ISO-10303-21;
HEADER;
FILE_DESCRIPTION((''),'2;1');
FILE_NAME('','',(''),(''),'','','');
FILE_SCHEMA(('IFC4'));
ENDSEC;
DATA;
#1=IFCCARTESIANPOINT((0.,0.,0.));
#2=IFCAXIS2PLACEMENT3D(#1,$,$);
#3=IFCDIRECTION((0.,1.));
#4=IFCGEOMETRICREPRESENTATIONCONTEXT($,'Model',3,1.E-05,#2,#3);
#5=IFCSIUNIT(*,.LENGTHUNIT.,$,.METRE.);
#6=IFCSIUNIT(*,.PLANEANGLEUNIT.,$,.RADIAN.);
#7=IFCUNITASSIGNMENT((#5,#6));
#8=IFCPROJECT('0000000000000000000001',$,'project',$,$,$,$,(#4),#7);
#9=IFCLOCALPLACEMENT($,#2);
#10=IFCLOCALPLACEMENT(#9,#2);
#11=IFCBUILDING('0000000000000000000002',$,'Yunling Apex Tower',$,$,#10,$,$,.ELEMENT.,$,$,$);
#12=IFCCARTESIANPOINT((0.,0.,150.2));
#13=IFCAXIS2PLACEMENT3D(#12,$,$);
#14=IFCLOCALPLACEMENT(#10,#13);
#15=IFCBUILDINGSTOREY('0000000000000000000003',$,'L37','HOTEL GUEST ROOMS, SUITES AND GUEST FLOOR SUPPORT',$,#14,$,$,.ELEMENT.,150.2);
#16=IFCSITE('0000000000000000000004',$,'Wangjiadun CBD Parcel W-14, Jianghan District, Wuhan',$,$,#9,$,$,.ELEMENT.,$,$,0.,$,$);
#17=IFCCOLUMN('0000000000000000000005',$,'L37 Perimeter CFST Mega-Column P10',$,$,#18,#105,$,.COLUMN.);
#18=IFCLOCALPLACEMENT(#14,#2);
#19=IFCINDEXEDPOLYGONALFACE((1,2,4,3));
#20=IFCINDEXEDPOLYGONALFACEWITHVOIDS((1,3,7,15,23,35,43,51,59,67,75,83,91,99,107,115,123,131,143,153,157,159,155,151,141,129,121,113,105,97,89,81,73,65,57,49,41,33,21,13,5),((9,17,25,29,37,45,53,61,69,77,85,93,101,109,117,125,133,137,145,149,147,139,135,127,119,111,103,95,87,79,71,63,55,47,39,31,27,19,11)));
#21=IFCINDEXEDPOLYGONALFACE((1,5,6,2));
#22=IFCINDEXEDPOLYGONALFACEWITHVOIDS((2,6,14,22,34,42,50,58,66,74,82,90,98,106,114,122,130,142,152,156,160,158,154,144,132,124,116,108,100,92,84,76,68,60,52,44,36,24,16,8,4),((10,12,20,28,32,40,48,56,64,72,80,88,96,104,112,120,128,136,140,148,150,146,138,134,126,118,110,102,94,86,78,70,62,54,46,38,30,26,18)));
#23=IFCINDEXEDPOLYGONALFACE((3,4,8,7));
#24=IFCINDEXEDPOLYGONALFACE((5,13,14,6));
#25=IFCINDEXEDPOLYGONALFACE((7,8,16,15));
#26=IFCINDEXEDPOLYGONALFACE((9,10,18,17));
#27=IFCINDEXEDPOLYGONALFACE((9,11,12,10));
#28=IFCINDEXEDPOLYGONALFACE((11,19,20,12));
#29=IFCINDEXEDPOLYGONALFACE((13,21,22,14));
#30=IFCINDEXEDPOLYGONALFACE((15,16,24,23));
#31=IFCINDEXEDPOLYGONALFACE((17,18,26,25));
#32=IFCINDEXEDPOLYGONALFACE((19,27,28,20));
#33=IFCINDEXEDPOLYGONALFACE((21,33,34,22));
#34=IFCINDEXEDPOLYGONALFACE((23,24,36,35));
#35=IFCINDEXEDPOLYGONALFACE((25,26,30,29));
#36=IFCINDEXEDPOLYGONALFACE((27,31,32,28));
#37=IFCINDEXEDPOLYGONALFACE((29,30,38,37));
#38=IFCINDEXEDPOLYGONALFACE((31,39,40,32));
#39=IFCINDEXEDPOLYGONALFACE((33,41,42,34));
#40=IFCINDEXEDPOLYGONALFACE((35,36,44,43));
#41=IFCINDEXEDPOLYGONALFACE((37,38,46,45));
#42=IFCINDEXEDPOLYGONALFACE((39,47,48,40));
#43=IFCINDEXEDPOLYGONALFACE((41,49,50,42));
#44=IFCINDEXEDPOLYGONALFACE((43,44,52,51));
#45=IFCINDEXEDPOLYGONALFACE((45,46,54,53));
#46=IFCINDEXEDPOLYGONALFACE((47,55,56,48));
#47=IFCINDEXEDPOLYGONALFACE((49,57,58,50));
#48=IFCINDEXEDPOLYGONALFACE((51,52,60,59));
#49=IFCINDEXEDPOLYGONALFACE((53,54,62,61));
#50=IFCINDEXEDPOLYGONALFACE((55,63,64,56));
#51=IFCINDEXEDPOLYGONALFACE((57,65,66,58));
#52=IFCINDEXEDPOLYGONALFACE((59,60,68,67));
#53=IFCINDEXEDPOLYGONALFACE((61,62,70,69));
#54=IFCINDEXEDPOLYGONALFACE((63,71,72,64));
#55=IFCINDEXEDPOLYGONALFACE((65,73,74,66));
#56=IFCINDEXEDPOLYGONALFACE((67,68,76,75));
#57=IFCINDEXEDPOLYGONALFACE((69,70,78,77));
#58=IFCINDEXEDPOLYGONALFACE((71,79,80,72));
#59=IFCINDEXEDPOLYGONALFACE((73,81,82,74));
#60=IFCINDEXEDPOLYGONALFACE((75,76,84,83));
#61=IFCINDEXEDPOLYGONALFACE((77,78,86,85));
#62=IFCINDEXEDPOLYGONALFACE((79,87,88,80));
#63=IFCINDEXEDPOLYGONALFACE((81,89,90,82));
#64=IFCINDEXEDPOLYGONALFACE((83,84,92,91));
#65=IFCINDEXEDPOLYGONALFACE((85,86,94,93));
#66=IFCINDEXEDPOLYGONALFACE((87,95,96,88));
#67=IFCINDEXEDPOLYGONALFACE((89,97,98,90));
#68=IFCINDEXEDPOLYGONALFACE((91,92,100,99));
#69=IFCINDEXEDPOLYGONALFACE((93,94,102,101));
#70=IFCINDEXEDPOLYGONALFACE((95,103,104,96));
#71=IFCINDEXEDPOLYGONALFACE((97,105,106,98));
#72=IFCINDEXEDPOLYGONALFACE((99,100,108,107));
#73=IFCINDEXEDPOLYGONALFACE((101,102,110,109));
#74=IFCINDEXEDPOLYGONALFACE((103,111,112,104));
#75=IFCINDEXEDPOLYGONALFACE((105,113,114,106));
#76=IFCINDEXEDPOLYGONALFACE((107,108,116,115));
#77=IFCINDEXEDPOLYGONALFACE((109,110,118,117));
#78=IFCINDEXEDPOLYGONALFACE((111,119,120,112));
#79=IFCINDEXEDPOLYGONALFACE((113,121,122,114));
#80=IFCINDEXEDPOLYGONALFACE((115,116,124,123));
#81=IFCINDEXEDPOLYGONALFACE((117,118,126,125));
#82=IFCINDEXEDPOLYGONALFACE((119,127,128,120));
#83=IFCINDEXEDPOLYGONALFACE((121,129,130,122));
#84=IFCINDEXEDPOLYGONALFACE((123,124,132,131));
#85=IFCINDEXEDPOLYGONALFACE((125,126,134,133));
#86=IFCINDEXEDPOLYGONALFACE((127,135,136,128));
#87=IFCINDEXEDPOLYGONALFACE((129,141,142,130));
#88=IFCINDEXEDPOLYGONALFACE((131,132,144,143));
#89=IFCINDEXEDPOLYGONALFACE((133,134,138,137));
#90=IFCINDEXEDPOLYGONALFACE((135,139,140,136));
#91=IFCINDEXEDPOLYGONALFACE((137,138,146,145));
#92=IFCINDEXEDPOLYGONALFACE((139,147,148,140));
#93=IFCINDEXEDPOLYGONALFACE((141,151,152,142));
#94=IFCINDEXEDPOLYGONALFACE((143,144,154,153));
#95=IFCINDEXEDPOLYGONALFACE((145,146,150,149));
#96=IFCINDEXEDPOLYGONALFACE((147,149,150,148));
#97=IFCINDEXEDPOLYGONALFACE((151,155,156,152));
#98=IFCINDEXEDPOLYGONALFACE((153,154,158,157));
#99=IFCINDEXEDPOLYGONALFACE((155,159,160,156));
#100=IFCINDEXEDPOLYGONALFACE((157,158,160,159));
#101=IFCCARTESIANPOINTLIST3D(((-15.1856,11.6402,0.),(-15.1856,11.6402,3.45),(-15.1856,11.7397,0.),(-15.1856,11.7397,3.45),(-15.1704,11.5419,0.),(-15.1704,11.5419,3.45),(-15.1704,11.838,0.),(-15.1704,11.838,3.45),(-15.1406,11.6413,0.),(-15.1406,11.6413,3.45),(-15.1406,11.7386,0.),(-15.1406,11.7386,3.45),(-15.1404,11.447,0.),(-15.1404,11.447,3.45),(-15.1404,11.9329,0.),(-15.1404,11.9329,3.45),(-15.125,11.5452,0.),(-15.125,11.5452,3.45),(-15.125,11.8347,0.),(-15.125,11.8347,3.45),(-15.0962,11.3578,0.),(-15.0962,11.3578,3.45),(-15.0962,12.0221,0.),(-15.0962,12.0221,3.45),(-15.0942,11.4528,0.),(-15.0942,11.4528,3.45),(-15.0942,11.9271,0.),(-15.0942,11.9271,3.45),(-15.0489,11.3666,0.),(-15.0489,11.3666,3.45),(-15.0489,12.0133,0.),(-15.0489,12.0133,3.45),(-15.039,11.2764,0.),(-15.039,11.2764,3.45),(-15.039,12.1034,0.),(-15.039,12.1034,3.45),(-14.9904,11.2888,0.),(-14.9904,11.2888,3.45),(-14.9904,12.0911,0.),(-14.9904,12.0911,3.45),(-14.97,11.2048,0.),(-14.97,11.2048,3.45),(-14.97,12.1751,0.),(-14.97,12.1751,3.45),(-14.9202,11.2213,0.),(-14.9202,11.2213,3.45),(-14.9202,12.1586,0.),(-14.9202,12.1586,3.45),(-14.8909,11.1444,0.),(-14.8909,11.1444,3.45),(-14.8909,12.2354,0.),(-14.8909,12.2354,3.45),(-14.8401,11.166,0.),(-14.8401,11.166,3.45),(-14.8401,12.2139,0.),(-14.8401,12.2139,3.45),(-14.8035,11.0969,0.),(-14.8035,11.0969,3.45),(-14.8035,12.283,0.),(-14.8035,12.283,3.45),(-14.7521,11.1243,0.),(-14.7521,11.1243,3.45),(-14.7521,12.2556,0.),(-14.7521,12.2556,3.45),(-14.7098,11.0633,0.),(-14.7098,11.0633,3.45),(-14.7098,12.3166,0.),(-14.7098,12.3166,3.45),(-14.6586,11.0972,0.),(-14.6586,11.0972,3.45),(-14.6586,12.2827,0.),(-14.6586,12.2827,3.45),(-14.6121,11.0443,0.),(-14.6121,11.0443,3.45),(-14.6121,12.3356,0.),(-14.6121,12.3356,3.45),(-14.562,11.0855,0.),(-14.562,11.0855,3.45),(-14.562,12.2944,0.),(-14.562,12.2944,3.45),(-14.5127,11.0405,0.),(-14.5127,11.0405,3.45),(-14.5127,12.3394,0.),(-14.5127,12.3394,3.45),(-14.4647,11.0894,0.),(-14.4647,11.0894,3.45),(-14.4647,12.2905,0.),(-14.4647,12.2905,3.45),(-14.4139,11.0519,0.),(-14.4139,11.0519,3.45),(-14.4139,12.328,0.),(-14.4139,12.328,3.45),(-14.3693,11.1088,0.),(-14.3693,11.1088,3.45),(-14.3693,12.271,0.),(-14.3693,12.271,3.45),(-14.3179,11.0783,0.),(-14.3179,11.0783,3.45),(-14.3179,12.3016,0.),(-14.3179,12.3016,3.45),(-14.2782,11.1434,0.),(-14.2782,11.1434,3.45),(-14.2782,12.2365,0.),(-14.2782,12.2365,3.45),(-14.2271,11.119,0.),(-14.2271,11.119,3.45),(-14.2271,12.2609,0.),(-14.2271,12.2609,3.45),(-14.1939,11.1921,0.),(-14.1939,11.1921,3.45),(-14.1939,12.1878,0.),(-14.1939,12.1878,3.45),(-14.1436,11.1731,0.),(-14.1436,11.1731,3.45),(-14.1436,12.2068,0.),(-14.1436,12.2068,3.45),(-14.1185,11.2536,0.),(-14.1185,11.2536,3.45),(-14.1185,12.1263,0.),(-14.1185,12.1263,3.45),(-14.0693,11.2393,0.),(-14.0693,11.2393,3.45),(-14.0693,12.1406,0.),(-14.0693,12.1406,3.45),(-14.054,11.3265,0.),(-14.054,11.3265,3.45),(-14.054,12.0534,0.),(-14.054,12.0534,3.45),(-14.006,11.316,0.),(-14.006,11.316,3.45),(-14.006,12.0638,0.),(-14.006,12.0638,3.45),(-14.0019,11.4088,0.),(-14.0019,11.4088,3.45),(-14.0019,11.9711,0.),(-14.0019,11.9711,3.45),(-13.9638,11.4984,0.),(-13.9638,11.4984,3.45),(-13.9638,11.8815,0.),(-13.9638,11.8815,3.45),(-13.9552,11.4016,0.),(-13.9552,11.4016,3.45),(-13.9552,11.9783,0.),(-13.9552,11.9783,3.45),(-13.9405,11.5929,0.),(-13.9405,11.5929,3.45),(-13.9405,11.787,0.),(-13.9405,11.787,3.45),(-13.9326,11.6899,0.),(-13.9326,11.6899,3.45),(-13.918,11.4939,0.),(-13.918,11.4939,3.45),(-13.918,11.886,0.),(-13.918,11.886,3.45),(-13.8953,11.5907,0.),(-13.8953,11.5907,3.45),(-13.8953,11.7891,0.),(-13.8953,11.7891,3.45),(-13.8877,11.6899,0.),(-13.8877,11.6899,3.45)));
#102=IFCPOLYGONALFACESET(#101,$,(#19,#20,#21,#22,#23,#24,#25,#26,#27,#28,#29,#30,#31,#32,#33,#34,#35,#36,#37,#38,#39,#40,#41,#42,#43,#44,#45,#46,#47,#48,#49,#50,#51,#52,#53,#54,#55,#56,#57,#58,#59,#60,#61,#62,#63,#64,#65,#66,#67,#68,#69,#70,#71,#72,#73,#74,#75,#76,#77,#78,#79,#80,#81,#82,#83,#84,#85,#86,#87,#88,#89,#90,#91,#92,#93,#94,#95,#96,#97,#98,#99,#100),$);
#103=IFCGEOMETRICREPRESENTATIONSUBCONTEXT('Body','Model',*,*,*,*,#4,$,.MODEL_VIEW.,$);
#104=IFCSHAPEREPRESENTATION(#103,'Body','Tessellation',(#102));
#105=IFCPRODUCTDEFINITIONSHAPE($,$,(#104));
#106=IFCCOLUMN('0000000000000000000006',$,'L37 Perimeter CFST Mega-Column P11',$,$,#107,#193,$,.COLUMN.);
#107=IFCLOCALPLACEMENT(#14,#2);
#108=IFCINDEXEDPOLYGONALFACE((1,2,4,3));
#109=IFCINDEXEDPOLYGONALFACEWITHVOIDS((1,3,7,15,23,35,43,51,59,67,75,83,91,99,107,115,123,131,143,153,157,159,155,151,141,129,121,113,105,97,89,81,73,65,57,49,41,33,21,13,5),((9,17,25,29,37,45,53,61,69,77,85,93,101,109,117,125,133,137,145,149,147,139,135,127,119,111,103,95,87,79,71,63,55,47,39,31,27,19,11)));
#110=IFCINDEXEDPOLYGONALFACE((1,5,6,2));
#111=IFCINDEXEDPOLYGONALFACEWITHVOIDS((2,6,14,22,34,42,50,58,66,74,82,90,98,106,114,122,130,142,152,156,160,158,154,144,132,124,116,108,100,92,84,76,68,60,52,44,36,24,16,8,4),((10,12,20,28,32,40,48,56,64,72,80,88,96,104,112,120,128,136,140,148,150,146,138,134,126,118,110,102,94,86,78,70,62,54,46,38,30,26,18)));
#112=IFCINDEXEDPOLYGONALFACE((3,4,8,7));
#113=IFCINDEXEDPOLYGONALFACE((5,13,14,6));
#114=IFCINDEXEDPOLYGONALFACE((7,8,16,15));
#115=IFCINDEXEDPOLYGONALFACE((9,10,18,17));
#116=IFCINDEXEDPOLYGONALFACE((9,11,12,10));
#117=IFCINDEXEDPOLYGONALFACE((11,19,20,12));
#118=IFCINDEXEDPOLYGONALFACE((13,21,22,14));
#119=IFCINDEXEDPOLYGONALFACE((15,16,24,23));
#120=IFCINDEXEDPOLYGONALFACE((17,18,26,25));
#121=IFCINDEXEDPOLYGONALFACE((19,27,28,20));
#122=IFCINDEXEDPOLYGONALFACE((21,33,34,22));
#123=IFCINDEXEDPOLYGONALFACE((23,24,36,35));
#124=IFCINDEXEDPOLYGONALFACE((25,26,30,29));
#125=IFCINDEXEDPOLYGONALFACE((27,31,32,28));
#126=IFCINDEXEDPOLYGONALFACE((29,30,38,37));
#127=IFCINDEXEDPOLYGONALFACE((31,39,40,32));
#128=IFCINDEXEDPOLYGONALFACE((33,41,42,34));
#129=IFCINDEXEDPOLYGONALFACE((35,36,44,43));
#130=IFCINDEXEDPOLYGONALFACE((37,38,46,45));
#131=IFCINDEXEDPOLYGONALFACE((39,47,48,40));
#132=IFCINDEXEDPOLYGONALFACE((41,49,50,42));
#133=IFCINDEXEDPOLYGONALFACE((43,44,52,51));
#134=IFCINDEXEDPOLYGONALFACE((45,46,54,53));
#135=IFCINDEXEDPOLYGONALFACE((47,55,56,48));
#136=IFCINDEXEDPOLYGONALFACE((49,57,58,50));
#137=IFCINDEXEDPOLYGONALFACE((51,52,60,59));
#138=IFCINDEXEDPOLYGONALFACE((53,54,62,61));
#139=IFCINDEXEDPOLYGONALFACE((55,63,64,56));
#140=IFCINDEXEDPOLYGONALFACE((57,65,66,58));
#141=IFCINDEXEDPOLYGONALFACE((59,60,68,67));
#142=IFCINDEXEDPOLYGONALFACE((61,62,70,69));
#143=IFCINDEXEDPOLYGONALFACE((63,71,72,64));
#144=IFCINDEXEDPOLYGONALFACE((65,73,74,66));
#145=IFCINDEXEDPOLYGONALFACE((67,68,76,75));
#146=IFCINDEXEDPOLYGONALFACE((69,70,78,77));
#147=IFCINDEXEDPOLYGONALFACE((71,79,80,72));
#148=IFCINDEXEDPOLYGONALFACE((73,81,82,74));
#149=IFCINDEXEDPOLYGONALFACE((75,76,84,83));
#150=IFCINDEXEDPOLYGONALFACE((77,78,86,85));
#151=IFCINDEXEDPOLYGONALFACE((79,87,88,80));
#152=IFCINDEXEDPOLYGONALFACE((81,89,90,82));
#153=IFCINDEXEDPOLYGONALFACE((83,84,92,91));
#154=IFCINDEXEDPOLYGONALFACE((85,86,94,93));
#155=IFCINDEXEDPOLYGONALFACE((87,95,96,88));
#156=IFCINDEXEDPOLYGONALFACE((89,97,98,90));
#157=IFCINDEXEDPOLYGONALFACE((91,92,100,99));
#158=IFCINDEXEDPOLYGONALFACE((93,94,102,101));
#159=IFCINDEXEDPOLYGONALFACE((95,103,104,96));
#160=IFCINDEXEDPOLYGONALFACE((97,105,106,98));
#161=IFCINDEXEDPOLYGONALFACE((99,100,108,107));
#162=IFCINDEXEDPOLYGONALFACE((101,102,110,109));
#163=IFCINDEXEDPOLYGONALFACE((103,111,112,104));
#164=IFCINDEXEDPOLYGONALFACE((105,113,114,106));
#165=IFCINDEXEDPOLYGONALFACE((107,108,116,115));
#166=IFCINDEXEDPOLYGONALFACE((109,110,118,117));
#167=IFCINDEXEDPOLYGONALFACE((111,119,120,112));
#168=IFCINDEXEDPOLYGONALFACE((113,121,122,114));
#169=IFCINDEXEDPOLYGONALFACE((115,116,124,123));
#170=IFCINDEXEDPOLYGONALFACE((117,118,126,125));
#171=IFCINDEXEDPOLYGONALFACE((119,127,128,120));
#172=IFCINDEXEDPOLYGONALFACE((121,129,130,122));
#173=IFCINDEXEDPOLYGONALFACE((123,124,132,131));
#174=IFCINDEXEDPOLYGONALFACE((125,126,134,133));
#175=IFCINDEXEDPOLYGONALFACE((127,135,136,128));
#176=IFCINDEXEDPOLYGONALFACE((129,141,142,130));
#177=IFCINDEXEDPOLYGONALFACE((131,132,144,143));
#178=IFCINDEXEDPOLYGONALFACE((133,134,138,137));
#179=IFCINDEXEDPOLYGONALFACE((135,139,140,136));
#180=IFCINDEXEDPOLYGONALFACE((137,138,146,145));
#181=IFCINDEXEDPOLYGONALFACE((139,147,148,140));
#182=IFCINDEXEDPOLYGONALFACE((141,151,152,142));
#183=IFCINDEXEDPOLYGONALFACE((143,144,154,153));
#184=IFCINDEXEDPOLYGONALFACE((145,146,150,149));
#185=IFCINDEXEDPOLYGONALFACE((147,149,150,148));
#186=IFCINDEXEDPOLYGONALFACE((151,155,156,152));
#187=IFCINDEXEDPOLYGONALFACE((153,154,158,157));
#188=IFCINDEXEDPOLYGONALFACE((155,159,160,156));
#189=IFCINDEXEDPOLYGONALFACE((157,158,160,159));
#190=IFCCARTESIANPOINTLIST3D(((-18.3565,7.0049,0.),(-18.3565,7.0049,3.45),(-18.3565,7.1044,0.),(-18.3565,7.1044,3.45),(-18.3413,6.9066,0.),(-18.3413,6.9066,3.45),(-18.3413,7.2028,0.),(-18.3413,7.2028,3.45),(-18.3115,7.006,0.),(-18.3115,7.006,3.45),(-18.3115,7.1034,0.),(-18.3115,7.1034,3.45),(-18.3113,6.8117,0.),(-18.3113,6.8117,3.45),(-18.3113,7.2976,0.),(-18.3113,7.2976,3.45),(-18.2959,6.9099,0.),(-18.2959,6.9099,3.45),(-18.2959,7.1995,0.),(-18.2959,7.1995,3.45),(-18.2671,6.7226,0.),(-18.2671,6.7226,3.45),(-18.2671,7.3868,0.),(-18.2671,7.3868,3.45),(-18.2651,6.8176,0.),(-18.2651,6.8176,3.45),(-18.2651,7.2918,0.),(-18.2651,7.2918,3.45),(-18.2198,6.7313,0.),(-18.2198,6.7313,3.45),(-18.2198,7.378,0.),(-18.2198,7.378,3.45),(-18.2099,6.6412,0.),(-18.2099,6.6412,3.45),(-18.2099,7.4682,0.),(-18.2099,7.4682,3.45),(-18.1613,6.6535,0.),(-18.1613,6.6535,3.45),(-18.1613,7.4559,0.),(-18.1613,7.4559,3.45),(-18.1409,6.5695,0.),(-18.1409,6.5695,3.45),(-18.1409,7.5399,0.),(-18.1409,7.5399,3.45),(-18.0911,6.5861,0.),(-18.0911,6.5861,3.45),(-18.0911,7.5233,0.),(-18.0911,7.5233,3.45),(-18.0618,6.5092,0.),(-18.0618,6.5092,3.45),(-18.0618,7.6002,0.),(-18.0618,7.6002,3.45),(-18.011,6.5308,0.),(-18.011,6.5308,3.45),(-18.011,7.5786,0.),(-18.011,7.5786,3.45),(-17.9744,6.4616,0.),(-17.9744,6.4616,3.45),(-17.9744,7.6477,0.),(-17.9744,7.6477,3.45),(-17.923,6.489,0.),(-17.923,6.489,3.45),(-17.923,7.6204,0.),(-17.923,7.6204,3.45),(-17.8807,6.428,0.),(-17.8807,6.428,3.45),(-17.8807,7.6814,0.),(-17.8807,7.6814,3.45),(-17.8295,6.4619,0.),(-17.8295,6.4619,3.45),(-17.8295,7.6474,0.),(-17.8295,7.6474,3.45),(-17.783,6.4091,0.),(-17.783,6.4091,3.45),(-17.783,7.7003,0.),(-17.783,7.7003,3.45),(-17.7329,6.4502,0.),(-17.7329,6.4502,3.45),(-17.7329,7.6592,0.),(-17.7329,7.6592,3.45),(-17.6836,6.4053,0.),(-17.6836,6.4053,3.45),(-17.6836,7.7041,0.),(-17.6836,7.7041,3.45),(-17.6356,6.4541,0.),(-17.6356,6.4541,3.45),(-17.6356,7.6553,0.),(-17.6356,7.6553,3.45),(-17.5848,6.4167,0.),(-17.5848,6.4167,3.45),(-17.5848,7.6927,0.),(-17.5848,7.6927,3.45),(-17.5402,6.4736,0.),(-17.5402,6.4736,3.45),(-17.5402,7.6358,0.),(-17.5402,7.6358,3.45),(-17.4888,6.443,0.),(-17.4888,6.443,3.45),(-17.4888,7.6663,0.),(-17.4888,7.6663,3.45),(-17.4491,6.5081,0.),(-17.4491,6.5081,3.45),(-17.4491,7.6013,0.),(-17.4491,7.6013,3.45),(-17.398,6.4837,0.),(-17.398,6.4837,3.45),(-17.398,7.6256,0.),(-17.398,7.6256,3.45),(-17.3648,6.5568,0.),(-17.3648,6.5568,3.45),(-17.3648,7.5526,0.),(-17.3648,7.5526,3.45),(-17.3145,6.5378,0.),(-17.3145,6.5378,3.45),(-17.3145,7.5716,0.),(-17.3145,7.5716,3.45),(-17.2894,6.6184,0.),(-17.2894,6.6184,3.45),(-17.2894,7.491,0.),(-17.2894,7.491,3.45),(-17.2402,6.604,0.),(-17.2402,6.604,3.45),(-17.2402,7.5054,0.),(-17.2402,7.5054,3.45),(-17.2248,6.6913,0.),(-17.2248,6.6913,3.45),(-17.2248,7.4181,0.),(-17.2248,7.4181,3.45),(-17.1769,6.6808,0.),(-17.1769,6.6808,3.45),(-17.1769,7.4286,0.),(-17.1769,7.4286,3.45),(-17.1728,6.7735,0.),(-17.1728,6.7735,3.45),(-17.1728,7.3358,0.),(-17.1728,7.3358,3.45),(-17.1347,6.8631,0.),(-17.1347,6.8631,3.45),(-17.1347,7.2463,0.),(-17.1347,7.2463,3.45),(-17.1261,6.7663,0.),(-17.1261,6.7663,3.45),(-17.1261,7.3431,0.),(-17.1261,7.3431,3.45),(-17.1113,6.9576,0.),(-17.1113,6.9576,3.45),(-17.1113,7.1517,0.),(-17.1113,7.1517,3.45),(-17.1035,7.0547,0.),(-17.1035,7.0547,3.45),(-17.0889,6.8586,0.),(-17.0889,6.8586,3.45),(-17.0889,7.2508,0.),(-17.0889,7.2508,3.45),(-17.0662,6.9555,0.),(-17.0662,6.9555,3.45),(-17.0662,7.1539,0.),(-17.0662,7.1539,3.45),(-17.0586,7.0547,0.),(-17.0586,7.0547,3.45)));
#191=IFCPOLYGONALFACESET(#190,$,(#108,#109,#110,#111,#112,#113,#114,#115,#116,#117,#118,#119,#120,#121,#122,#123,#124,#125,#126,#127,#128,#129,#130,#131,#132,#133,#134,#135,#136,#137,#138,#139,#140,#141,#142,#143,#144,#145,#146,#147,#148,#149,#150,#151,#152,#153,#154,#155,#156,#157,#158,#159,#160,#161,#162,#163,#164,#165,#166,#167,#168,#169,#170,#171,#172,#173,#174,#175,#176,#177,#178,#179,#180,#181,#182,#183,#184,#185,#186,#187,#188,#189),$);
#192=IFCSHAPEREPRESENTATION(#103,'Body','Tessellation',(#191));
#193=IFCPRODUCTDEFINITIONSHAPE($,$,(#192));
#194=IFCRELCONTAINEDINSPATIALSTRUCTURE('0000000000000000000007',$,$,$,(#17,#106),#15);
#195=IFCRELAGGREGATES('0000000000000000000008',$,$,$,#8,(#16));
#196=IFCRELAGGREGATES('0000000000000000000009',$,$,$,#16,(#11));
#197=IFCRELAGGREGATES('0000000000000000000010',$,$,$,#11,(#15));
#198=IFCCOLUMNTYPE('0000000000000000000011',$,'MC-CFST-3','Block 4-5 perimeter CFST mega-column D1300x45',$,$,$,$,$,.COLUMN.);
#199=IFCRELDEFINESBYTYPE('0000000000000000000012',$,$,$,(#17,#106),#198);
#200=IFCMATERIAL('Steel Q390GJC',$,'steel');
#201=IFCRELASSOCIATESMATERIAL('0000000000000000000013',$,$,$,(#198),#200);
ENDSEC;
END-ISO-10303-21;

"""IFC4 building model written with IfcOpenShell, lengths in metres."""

from ifc_helpers import new_model, si_unit, direction, frame, origin, origin_2d, place, context, subcontext, project, spatial, hollow_circle, extrude, source, transform, mapped, material, material_profile, profile_set, type_object, element, save


model = new_model("IFC4")

# Units and contexts
model_context = context("Model", 3, precision=1e-05, world=origin(), true_north=direction((0.0, 1.0)))
body_context = subcontext(model_context, "Body", "Model", "MODEL_VIEW")
ifc_project = project(units=[si_unit("LENGTHUNIT", "METRE"), si_unit("PLANEANGLEUNIT", "RADIAN")], contexts=[model_context])

# Site, building, storey
site_placement = place(None, origin())
site = spatial("IfcSite", under=ifc_project, at=site_placement, Name="Wangjiadun CBD Parcel W-14, Jianghan District, Wuhan", CompositionType="ELEMENT", RefElevation=0.0)
building_placement = place(site_placement, origin())
building = spatial("IfcBuilding", under=site, at=building_placement, Name="Yunling Apex Tower", CompositionType="ELEMENT")
storey_placement = place(building_placement, frame((0.0, 0.0, 150.2)))
storey = spatial("IfcBuildingStorey", under=building, at=storey_placement, Name="L37", Description="HOTEL GUEST ROOMS, SUITES AND GUEST FLOOR SUPPORT", CompositionType="ELEMENT", Elevation=150.2)

# Columns
ifc_material_1 = material(Name="Steel Q390GJC", Category="steel")
ifc_material_profile_1 = material_profile(ifc_material_1, hollow_circle(Radius=0.6499, WallThickness=0.0449, at=origin_2d()))
ifc_profile_set_1 = profile_set([ifc_material_profile_1], Name="Steel Q390GJC")
column_type = type_object("IfcColumnType", Name="MC-CFST-3", Description="Block 4-5 perimeter CFST mega-column D1300x45", PredefinedType="COLUMN", material=ifc_profile_set_1)
shared_shape_1 = source(origin(), body_context, "Body", "SweptSolid", [
    extrude(hollow_circle(Radius=0.6499, WallThickness=0.0449, at=origin_2d()), origin(), (0.0, 0.0, 1.0), 3.45),
])
for number, where, z_axis, x_axis, name in (
    (1, (-14.5376, 11.6899, 0.0), (0.0, 0.0, 1.0), (1.0, 0.0, 0.0), "L37 Perimeter CFST Mega-Column P10"),
    (2, (-17.7085, 7.0547, 0.0), (0.0, 0.0, 1.0), (1.0, 0.0, 0.0), "L37 Perimeter CFST Mega-Column P11"),
):
    element("IfcColumn", number, at=place(storey_placement, frame(where, z_axis=z_axis, x_axis=x_axis)), inside=storey, type_object=column_type, Name=name, PredefinedType="COLUMN", context=body_context, shape_type="MappedRepresentation", body=[
        mapped(shared_shape_1, transform((0.0, 0.0, 0.0), scale=1.0)),
    ])

save(model, "model.ifc")
